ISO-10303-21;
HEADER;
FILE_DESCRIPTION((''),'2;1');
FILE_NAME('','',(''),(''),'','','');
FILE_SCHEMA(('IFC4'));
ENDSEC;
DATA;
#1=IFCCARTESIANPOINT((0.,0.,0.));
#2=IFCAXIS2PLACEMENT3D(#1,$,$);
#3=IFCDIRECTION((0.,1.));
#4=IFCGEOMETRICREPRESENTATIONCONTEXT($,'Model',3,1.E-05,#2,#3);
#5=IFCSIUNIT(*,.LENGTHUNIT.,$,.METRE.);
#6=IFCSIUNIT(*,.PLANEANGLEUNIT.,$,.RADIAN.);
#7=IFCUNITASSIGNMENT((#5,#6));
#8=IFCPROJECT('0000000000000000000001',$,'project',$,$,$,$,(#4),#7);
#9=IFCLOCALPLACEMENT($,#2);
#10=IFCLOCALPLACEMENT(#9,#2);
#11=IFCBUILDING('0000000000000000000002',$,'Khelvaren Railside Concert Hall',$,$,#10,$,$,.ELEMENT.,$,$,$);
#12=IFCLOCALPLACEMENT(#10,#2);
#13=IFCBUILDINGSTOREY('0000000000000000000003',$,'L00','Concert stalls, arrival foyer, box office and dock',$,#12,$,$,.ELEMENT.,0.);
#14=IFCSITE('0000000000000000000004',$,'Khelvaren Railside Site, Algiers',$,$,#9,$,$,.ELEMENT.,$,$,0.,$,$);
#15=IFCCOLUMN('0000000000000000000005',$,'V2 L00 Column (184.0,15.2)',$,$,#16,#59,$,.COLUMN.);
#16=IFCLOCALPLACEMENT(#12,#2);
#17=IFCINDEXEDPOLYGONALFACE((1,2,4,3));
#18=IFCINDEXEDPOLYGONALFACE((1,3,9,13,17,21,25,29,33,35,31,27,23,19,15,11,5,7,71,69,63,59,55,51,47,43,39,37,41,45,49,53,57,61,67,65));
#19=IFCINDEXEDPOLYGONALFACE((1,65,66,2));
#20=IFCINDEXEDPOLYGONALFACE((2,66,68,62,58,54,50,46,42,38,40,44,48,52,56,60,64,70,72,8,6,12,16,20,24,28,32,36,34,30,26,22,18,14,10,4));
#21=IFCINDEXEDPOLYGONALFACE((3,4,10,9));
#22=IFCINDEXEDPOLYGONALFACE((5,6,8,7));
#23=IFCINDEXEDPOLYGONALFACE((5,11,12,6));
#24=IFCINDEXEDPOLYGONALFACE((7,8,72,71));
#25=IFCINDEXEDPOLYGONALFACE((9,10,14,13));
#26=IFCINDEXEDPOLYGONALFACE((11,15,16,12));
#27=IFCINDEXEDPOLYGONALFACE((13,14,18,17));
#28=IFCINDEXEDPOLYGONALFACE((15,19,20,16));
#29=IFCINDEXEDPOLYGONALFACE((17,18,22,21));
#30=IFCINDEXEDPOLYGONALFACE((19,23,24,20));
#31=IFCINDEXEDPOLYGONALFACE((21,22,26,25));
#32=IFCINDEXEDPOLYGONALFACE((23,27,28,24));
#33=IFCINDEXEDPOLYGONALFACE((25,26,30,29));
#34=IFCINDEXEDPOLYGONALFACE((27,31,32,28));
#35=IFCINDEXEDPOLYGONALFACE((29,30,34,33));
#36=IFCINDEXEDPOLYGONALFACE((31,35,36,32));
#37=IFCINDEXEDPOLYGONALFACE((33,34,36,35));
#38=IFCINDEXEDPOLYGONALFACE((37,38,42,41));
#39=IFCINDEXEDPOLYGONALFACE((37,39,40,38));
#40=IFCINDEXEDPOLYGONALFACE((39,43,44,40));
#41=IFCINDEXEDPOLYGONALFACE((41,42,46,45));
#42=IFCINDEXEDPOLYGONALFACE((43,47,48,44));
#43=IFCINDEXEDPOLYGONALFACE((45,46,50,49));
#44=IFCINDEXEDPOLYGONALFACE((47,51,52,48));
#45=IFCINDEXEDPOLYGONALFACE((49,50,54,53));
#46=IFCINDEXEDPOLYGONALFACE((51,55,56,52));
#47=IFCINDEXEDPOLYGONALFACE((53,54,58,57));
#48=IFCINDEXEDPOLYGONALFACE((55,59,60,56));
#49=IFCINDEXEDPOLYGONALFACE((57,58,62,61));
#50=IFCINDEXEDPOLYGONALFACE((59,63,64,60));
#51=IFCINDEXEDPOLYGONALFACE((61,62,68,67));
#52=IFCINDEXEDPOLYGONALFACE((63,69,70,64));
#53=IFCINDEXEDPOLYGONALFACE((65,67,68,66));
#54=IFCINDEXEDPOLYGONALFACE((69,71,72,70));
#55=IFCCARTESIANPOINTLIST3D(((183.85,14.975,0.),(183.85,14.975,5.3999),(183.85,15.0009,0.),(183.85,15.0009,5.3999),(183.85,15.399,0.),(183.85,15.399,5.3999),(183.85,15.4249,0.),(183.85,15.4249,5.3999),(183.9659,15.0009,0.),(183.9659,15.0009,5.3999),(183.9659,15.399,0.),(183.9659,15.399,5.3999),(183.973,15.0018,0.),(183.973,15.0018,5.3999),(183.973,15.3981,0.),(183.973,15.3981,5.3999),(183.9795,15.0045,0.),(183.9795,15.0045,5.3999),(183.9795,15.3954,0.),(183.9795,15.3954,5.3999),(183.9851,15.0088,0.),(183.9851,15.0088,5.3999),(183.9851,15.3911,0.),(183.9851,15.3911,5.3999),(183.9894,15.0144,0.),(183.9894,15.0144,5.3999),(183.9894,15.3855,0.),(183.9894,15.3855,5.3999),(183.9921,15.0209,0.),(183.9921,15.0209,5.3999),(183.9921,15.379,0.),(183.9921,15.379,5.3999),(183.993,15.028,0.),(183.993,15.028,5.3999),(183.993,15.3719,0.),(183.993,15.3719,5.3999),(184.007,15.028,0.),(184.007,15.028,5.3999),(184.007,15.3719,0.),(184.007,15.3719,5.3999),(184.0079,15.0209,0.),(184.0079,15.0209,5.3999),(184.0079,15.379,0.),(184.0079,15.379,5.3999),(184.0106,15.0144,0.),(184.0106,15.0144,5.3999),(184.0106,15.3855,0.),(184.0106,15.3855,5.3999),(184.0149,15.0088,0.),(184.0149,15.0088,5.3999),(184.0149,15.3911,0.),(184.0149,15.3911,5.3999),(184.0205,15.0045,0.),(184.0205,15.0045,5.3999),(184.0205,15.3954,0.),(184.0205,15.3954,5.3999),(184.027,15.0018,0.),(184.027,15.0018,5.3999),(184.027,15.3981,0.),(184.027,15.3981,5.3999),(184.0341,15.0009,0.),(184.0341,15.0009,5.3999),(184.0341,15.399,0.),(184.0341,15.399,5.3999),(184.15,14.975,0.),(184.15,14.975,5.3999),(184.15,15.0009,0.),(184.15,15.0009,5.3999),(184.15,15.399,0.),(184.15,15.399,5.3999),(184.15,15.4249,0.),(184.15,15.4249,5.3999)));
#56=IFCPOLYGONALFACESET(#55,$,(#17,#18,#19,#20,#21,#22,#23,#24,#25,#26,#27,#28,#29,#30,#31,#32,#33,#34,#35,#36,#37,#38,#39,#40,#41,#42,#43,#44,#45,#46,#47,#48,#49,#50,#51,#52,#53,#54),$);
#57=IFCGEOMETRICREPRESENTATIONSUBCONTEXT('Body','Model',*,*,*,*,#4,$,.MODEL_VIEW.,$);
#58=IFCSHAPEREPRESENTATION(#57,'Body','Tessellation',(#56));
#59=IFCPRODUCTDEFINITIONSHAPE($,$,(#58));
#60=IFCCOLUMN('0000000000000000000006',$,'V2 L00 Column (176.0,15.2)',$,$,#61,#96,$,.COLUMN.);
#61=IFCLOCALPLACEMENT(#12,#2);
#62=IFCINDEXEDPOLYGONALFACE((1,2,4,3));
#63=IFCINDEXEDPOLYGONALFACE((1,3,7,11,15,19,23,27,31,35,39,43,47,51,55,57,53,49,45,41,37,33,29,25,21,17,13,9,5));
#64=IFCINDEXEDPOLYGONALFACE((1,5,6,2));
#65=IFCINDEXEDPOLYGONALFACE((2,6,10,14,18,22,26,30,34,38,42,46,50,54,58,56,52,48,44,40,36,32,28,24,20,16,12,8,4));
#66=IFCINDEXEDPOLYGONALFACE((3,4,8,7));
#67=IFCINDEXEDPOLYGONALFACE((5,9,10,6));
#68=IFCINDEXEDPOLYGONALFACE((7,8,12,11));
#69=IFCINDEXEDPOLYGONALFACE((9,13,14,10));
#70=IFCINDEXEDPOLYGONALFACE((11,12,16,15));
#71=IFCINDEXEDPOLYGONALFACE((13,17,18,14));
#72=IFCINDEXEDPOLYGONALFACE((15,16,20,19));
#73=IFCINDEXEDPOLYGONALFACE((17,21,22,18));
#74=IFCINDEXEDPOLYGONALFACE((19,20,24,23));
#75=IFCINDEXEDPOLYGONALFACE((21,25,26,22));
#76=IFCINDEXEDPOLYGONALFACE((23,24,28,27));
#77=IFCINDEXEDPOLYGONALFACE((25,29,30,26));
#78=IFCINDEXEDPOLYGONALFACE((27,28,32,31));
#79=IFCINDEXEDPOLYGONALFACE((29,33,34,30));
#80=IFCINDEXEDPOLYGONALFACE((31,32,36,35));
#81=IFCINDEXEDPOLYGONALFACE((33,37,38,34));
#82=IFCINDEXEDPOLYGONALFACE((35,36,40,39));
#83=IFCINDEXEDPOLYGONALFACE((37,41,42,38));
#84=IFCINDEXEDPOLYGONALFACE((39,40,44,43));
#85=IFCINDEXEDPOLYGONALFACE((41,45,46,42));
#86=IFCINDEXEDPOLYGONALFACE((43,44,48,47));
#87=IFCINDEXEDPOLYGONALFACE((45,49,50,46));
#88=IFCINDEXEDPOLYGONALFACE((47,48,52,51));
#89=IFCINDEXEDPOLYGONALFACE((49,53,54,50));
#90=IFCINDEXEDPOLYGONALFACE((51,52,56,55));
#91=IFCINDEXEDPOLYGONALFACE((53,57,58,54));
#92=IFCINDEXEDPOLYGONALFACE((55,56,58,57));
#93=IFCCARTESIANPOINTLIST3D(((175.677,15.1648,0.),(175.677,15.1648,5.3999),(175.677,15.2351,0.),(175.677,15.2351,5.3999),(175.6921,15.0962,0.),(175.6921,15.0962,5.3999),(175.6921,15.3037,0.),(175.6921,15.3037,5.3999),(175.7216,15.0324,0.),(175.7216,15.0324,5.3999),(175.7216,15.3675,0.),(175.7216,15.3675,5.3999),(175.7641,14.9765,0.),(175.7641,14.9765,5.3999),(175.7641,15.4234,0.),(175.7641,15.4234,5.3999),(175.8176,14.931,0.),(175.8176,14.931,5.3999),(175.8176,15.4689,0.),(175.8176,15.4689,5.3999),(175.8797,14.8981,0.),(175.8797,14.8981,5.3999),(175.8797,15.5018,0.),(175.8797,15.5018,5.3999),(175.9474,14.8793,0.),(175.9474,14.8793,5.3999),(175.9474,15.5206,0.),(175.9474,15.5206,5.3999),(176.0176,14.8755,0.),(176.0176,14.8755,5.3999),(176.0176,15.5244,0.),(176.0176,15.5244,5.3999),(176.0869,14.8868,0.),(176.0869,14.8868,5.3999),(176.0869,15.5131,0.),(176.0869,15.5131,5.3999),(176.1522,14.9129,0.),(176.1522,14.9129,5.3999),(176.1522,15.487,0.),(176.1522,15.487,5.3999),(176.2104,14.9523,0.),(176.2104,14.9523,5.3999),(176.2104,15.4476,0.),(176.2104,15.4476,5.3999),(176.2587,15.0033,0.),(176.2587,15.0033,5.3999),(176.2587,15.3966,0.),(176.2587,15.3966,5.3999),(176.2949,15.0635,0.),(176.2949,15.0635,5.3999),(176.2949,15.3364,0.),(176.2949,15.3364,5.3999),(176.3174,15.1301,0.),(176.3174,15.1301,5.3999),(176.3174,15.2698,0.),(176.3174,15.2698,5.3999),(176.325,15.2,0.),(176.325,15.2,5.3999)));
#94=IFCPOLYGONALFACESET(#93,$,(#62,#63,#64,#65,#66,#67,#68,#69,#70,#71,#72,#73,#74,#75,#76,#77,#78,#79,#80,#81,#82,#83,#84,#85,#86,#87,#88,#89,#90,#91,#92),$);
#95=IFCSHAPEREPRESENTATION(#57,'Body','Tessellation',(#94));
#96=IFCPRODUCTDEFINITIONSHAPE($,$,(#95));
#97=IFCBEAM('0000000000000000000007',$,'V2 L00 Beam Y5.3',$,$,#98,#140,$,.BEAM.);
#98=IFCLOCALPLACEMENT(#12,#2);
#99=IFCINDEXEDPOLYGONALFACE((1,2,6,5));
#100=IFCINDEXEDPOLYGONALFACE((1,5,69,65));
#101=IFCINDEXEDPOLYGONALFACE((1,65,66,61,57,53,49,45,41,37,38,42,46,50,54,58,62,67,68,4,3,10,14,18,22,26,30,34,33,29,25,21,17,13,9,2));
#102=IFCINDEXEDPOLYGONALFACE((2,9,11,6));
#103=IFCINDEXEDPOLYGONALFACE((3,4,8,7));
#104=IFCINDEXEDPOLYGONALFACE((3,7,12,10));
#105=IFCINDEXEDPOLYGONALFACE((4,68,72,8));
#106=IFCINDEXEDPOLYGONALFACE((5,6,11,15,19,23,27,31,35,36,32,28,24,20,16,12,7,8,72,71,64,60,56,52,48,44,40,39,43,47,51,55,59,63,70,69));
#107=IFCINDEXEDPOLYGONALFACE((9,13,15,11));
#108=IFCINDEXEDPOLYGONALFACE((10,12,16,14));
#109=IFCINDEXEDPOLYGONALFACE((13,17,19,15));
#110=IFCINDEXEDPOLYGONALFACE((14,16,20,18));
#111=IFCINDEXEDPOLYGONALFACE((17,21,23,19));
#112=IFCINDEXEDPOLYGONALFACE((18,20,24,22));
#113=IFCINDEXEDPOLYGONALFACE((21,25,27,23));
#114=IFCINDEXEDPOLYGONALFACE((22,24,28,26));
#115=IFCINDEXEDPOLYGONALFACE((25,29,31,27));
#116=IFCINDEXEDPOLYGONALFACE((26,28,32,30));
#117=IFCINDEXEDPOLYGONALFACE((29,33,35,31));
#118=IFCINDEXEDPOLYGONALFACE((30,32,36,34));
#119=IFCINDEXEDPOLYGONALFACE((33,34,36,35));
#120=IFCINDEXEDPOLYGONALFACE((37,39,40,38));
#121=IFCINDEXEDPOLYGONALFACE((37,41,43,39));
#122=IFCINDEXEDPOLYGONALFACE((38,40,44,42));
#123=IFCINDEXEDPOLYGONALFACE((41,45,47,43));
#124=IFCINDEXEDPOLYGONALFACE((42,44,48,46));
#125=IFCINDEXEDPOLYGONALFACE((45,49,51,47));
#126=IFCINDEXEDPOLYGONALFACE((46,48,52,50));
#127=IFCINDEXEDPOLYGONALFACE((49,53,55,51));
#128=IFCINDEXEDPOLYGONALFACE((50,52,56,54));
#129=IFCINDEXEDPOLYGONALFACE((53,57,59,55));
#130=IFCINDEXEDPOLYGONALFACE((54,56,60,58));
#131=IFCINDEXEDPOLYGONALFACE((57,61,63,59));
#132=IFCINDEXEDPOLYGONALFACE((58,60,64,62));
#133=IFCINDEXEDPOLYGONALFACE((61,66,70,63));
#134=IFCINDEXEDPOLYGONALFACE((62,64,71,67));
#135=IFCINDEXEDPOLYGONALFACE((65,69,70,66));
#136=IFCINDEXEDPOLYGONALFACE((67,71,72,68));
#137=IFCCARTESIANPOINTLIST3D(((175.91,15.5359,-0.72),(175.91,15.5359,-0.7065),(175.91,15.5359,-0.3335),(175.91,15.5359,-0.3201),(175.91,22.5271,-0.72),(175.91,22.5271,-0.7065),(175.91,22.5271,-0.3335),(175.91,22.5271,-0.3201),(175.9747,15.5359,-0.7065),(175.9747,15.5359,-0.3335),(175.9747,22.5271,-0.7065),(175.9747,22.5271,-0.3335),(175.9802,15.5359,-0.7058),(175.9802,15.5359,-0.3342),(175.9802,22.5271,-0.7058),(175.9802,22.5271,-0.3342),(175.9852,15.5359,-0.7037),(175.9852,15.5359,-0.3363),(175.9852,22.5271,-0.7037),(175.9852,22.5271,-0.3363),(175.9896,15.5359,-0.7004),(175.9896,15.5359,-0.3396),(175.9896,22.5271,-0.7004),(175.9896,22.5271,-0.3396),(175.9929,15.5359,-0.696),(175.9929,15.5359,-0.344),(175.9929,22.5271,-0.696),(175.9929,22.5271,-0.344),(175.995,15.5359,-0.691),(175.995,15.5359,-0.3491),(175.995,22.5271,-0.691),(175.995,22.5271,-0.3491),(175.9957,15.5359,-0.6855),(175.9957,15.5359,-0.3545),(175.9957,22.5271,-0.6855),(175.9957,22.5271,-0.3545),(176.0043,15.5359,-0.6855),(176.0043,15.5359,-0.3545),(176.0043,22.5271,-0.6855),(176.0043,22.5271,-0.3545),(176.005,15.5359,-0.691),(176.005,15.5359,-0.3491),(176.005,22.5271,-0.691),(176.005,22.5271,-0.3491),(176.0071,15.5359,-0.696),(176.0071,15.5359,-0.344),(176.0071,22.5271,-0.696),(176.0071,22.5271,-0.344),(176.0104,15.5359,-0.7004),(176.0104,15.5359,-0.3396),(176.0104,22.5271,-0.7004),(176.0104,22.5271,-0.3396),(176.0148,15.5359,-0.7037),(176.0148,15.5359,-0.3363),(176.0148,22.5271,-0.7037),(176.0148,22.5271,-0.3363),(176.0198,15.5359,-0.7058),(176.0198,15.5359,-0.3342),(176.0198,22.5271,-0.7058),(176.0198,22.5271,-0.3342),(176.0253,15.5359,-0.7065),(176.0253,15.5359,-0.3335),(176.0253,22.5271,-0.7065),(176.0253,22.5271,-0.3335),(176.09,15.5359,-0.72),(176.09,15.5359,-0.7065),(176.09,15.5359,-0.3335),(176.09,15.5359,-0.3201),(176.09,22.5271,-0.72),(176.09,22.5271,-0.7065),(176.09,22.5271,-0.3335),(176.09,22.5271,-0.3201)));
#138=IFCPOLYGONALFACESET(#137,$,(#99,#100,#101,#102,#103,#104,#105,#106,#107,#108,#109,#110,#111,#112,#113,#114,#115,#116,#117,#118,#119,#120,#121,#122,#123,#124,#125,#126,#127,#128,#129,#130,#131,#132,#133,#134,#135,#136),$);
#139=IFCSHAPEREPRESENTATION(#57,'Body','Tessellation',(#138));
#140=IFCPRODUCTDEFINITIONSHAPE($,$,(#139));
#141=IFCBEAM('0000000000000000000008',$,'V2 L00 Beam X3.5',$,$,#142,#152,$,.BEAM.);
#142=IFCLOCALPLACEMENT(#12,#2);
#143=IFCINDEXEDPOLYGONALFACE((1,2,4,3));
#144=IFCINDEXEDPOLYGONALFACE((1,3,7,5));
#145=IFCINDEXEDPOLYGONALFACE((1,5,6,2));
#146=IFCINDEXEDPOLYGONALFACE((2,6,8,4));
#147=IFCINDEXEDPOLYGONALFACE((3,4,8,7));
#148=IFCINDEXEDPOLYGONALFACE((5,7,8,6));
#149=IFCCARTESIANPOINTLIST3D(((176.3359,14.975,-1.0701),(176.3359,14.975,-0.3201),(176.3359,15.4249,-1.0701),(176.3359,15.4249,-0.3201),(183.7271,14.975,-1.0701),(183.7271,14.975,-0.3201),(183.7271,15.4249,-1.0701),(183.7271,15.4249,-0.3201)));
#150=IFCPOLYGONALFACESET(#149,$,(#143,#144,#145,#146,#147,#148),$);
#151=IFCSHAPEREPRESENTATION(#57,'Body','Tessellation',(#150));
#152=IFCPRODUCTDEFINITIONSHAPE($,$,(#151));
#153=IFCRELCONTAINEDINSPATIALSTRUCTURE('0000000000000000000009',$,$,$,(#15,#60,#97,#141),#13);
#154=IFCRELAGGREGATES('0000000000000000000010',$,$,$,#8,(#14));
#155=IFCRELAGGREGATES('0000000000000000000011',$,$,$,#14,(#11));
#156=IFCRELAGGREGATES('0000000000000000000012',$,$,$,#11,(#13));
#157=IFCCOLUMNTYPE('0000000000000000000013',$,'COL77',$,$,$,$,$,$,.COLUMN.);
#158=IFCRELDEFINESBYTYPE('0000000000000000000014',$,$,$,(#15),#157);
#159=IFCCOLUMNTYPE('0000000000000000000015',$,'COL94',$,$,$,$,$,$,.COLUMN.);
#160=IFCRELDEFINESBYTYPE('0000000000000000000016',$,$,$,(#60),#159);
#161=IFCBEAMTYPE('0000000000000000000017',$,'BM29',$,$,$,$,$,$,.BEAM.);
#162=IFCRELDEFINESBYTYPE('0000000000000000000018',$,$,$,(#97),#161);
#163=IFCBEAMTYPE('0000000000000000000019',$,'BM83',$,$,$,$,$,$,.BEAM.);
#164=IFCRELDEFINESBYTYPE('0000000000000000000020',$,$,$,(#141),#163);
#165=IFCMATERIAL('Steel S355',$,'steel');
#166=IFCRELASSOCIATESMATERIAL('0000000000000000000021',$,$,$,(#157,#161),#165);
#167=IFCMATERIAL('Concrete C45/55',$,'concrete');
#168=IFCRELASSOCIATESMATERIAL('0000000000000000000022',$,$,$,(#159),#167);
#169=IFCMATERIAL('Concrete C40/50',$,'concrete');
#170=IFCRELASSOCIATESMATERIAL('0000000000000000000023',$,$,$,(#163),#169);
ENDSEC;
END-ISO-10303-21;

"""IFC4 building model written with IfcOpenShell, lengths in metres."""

from ifc_helpers import new_model, si_unit, direction, frame, origin, origin_2d, place, context, subcontext, project, spatial, rectangle, circle, i_section, extrude, material, material_profile, profile_set, type_object, element, save


model = new_model("IFC4")

# Units and contexts
model_context = context("Model", 3, precision=1e-05, world=origin(), true_north=direction((0.0, 1.0)))
body_context = subcontext(model_context, "Body", "Model", "MODEL_VIEW")
ifc_project = project(units=[si_unit("LENGTHUNIT", "METRE"), si_unit("PLANEANGLEUNIT", "RADIAN")], contexts=[model_context])

# Site, building, storey
site_placement = place(None, origin())
site = spatial("IfcSite", under=ifc_project, at=site_placement, Name="Khelvaren Railside Site, Algiers", CompositionType="ELEMENT", RefElevation=0.0)
building_placement = place(site_placement, origin())
building = spatial("IfcBuilding", under=site, at=building_placement, Name="Khelvaren Railside Concert Hall", CompositionType="ELEMENT")
storey_placement = place(building_placement, origin())
storey = spatial("IfcBuildingStorey", under=building, at=storey_placement, Name="L00", Description="Concert stalls, arrival foyer, box office and dock", CompositionType="ELEMENT", Elevation=0.0)

# Columns
ifc_material_1 = material(Name="Steel S355", Category="steel")
ifc_material_profile_1 = material_profile(ifc_material_1, i_section(OverallWidth=0.3, OverallDepth=0.45, WebThickness=0.0139, FlangeThickness=0.0259, FilletRadius=0.0271, at=origin_2d()), Name="HEB 450")
ifc_profile_set_1 = profile_set([ifc_material_profile_1], Name="Steel S355")
column_type_1 = type_object("IfcColumnType", Name="COL77", PredefinedType="COLUMN", material=ifc_profile_set_1)
column_1_placement = place(storey_placement, frame((184.0, 15.2, 0.0), z_axis=(0.0, 0.0, 1.0), x_axis=(1.0, 0.0, 0.0)))
element("IfcColumn", 1, at=column_1_placement, inside=storey, type_object=column_type_1, Name="V2 L00 Column (184.0,15.2)", PredefinedType="COLUMN", context=body_context, shape_type="SweptSolid", body=[
    extrude(i_section(OverallWidth=0.3, OverallDepth=0.45, WebThickness=0.0139, FlangeThickness=0.0259, FilletRadius=0.0271, at=origin_2d()), origin(), (0.0, 0.0, 1.0), 5.3999),
])
ifc_material_2 = material(Name="Concrete C45/55", Category="concrete")
ifc_material_profile_2 = material_profile(ifc_material_2, circle(Radius=0.325, at=origin_2d()), Name="RC D650")
ifc_profile_set_2 = profile_set([ifc_material_profile_2], Name="Concrete C45/55")
column_type_2 = type_object("IfcColumnType", Name="COL94", PredefinedType="COLUMN", material=ifc_profile_set_2)
column_2_placement = place(storey_placement, frame((176.0, 15.2, 0.0), z_axis=(0.0, 0.0, 1.0), x_axis=(1.0, 0.0, 0.0)))
element("IfcColumn", 2, at=column_2_placement, inside=storey, type_object=column_type_2, Name="V2 L00 Column (176.0,15.2)", PredefinedType="COLUMN", context=body_context, shape_type="SweptSolid", body=[
    extrude(circle(Radius=0.325, at=origin_2d()), origin(), (0.0, 0.0, 1.0), 5.3999),
])

# Beams
ifc_material_profile_3 = material_profile(ifc_material_1, i_section(OverallWidth=0.1799, OverallDepth=0.3999, WebThickness=0.0085, FlangeThickness=0.0134, FilletRadius=0.021, at=origin_2d()), Name="IPE 400")
ifc_profile_set_3 = profile_set([ifc_material_profile_3], Name="Steel S355")
beam_type_1 = type_object("IfcBeamType", Name="BM29", PredefinedType="BEAM", material=ifc_profile_set_3)
beam_1_placement = place(storey_placement, frame((176.0, 15.5359, -0.52), z_axis=(0.0, 1.0, 0.0), x_axis=(-1.0, 0.0, 0.0)))
element("IfcBeam", 3, at=beam_1_placement, inside=storey, type_object=beam_type_1, Name="V2 L00 Beam Y5.3", PredefinedType="BEAM", context=body_context, shape_type="SweptSolid", body=[
    extrude(i_section(OverallWidth=0.1799, OverallDepth=0.3999, WebThickness=0.0085, FlangeThickness=0.0134, FilletRadius=0.021, at=origin_2d()), origin(), (0.0, 0.0, 1.0), 6.9912),
])
ifc_material_3 = material(Name="Concrete C40/50", Category="concrete")
ifc_material_profile_4 = material_profile(ifc_material_3, rectangle(XDim=0.45, YDim=0.75, at=origin_2d()), Name="RCB 450x750")
ifc_profile_set_4 = profile_set([ifc_material_profile_4], Name="Concrete C40/50")
beam_type_2 = type_object("IfcBeamType", Name="BM83", PredefinedType="BEAM", material=ifc_profile_set_4)
beam_2_placement = place(storey_placement, frame((176.3359, 15.2, -0.6951), z_axis=(1.0, 0.0, 0.0), x_axis=(0.0, 1.0, 0.0)))
element("IfcBeam", 4, at=beam_2_placement, inside=storey, type_object=beam_type_2, Name="V2 L00 Beam X3.5", PredefinedType="BEAM", context=body_context, shape_type="SweptSolid", body=[
    extrude(rectangle(XDim=0.45, YDim=0.75, at=origin_2d()), origin(), (0.0, 0.0, 1.0), 7.3911),
])

save(model, "model.ifc")
